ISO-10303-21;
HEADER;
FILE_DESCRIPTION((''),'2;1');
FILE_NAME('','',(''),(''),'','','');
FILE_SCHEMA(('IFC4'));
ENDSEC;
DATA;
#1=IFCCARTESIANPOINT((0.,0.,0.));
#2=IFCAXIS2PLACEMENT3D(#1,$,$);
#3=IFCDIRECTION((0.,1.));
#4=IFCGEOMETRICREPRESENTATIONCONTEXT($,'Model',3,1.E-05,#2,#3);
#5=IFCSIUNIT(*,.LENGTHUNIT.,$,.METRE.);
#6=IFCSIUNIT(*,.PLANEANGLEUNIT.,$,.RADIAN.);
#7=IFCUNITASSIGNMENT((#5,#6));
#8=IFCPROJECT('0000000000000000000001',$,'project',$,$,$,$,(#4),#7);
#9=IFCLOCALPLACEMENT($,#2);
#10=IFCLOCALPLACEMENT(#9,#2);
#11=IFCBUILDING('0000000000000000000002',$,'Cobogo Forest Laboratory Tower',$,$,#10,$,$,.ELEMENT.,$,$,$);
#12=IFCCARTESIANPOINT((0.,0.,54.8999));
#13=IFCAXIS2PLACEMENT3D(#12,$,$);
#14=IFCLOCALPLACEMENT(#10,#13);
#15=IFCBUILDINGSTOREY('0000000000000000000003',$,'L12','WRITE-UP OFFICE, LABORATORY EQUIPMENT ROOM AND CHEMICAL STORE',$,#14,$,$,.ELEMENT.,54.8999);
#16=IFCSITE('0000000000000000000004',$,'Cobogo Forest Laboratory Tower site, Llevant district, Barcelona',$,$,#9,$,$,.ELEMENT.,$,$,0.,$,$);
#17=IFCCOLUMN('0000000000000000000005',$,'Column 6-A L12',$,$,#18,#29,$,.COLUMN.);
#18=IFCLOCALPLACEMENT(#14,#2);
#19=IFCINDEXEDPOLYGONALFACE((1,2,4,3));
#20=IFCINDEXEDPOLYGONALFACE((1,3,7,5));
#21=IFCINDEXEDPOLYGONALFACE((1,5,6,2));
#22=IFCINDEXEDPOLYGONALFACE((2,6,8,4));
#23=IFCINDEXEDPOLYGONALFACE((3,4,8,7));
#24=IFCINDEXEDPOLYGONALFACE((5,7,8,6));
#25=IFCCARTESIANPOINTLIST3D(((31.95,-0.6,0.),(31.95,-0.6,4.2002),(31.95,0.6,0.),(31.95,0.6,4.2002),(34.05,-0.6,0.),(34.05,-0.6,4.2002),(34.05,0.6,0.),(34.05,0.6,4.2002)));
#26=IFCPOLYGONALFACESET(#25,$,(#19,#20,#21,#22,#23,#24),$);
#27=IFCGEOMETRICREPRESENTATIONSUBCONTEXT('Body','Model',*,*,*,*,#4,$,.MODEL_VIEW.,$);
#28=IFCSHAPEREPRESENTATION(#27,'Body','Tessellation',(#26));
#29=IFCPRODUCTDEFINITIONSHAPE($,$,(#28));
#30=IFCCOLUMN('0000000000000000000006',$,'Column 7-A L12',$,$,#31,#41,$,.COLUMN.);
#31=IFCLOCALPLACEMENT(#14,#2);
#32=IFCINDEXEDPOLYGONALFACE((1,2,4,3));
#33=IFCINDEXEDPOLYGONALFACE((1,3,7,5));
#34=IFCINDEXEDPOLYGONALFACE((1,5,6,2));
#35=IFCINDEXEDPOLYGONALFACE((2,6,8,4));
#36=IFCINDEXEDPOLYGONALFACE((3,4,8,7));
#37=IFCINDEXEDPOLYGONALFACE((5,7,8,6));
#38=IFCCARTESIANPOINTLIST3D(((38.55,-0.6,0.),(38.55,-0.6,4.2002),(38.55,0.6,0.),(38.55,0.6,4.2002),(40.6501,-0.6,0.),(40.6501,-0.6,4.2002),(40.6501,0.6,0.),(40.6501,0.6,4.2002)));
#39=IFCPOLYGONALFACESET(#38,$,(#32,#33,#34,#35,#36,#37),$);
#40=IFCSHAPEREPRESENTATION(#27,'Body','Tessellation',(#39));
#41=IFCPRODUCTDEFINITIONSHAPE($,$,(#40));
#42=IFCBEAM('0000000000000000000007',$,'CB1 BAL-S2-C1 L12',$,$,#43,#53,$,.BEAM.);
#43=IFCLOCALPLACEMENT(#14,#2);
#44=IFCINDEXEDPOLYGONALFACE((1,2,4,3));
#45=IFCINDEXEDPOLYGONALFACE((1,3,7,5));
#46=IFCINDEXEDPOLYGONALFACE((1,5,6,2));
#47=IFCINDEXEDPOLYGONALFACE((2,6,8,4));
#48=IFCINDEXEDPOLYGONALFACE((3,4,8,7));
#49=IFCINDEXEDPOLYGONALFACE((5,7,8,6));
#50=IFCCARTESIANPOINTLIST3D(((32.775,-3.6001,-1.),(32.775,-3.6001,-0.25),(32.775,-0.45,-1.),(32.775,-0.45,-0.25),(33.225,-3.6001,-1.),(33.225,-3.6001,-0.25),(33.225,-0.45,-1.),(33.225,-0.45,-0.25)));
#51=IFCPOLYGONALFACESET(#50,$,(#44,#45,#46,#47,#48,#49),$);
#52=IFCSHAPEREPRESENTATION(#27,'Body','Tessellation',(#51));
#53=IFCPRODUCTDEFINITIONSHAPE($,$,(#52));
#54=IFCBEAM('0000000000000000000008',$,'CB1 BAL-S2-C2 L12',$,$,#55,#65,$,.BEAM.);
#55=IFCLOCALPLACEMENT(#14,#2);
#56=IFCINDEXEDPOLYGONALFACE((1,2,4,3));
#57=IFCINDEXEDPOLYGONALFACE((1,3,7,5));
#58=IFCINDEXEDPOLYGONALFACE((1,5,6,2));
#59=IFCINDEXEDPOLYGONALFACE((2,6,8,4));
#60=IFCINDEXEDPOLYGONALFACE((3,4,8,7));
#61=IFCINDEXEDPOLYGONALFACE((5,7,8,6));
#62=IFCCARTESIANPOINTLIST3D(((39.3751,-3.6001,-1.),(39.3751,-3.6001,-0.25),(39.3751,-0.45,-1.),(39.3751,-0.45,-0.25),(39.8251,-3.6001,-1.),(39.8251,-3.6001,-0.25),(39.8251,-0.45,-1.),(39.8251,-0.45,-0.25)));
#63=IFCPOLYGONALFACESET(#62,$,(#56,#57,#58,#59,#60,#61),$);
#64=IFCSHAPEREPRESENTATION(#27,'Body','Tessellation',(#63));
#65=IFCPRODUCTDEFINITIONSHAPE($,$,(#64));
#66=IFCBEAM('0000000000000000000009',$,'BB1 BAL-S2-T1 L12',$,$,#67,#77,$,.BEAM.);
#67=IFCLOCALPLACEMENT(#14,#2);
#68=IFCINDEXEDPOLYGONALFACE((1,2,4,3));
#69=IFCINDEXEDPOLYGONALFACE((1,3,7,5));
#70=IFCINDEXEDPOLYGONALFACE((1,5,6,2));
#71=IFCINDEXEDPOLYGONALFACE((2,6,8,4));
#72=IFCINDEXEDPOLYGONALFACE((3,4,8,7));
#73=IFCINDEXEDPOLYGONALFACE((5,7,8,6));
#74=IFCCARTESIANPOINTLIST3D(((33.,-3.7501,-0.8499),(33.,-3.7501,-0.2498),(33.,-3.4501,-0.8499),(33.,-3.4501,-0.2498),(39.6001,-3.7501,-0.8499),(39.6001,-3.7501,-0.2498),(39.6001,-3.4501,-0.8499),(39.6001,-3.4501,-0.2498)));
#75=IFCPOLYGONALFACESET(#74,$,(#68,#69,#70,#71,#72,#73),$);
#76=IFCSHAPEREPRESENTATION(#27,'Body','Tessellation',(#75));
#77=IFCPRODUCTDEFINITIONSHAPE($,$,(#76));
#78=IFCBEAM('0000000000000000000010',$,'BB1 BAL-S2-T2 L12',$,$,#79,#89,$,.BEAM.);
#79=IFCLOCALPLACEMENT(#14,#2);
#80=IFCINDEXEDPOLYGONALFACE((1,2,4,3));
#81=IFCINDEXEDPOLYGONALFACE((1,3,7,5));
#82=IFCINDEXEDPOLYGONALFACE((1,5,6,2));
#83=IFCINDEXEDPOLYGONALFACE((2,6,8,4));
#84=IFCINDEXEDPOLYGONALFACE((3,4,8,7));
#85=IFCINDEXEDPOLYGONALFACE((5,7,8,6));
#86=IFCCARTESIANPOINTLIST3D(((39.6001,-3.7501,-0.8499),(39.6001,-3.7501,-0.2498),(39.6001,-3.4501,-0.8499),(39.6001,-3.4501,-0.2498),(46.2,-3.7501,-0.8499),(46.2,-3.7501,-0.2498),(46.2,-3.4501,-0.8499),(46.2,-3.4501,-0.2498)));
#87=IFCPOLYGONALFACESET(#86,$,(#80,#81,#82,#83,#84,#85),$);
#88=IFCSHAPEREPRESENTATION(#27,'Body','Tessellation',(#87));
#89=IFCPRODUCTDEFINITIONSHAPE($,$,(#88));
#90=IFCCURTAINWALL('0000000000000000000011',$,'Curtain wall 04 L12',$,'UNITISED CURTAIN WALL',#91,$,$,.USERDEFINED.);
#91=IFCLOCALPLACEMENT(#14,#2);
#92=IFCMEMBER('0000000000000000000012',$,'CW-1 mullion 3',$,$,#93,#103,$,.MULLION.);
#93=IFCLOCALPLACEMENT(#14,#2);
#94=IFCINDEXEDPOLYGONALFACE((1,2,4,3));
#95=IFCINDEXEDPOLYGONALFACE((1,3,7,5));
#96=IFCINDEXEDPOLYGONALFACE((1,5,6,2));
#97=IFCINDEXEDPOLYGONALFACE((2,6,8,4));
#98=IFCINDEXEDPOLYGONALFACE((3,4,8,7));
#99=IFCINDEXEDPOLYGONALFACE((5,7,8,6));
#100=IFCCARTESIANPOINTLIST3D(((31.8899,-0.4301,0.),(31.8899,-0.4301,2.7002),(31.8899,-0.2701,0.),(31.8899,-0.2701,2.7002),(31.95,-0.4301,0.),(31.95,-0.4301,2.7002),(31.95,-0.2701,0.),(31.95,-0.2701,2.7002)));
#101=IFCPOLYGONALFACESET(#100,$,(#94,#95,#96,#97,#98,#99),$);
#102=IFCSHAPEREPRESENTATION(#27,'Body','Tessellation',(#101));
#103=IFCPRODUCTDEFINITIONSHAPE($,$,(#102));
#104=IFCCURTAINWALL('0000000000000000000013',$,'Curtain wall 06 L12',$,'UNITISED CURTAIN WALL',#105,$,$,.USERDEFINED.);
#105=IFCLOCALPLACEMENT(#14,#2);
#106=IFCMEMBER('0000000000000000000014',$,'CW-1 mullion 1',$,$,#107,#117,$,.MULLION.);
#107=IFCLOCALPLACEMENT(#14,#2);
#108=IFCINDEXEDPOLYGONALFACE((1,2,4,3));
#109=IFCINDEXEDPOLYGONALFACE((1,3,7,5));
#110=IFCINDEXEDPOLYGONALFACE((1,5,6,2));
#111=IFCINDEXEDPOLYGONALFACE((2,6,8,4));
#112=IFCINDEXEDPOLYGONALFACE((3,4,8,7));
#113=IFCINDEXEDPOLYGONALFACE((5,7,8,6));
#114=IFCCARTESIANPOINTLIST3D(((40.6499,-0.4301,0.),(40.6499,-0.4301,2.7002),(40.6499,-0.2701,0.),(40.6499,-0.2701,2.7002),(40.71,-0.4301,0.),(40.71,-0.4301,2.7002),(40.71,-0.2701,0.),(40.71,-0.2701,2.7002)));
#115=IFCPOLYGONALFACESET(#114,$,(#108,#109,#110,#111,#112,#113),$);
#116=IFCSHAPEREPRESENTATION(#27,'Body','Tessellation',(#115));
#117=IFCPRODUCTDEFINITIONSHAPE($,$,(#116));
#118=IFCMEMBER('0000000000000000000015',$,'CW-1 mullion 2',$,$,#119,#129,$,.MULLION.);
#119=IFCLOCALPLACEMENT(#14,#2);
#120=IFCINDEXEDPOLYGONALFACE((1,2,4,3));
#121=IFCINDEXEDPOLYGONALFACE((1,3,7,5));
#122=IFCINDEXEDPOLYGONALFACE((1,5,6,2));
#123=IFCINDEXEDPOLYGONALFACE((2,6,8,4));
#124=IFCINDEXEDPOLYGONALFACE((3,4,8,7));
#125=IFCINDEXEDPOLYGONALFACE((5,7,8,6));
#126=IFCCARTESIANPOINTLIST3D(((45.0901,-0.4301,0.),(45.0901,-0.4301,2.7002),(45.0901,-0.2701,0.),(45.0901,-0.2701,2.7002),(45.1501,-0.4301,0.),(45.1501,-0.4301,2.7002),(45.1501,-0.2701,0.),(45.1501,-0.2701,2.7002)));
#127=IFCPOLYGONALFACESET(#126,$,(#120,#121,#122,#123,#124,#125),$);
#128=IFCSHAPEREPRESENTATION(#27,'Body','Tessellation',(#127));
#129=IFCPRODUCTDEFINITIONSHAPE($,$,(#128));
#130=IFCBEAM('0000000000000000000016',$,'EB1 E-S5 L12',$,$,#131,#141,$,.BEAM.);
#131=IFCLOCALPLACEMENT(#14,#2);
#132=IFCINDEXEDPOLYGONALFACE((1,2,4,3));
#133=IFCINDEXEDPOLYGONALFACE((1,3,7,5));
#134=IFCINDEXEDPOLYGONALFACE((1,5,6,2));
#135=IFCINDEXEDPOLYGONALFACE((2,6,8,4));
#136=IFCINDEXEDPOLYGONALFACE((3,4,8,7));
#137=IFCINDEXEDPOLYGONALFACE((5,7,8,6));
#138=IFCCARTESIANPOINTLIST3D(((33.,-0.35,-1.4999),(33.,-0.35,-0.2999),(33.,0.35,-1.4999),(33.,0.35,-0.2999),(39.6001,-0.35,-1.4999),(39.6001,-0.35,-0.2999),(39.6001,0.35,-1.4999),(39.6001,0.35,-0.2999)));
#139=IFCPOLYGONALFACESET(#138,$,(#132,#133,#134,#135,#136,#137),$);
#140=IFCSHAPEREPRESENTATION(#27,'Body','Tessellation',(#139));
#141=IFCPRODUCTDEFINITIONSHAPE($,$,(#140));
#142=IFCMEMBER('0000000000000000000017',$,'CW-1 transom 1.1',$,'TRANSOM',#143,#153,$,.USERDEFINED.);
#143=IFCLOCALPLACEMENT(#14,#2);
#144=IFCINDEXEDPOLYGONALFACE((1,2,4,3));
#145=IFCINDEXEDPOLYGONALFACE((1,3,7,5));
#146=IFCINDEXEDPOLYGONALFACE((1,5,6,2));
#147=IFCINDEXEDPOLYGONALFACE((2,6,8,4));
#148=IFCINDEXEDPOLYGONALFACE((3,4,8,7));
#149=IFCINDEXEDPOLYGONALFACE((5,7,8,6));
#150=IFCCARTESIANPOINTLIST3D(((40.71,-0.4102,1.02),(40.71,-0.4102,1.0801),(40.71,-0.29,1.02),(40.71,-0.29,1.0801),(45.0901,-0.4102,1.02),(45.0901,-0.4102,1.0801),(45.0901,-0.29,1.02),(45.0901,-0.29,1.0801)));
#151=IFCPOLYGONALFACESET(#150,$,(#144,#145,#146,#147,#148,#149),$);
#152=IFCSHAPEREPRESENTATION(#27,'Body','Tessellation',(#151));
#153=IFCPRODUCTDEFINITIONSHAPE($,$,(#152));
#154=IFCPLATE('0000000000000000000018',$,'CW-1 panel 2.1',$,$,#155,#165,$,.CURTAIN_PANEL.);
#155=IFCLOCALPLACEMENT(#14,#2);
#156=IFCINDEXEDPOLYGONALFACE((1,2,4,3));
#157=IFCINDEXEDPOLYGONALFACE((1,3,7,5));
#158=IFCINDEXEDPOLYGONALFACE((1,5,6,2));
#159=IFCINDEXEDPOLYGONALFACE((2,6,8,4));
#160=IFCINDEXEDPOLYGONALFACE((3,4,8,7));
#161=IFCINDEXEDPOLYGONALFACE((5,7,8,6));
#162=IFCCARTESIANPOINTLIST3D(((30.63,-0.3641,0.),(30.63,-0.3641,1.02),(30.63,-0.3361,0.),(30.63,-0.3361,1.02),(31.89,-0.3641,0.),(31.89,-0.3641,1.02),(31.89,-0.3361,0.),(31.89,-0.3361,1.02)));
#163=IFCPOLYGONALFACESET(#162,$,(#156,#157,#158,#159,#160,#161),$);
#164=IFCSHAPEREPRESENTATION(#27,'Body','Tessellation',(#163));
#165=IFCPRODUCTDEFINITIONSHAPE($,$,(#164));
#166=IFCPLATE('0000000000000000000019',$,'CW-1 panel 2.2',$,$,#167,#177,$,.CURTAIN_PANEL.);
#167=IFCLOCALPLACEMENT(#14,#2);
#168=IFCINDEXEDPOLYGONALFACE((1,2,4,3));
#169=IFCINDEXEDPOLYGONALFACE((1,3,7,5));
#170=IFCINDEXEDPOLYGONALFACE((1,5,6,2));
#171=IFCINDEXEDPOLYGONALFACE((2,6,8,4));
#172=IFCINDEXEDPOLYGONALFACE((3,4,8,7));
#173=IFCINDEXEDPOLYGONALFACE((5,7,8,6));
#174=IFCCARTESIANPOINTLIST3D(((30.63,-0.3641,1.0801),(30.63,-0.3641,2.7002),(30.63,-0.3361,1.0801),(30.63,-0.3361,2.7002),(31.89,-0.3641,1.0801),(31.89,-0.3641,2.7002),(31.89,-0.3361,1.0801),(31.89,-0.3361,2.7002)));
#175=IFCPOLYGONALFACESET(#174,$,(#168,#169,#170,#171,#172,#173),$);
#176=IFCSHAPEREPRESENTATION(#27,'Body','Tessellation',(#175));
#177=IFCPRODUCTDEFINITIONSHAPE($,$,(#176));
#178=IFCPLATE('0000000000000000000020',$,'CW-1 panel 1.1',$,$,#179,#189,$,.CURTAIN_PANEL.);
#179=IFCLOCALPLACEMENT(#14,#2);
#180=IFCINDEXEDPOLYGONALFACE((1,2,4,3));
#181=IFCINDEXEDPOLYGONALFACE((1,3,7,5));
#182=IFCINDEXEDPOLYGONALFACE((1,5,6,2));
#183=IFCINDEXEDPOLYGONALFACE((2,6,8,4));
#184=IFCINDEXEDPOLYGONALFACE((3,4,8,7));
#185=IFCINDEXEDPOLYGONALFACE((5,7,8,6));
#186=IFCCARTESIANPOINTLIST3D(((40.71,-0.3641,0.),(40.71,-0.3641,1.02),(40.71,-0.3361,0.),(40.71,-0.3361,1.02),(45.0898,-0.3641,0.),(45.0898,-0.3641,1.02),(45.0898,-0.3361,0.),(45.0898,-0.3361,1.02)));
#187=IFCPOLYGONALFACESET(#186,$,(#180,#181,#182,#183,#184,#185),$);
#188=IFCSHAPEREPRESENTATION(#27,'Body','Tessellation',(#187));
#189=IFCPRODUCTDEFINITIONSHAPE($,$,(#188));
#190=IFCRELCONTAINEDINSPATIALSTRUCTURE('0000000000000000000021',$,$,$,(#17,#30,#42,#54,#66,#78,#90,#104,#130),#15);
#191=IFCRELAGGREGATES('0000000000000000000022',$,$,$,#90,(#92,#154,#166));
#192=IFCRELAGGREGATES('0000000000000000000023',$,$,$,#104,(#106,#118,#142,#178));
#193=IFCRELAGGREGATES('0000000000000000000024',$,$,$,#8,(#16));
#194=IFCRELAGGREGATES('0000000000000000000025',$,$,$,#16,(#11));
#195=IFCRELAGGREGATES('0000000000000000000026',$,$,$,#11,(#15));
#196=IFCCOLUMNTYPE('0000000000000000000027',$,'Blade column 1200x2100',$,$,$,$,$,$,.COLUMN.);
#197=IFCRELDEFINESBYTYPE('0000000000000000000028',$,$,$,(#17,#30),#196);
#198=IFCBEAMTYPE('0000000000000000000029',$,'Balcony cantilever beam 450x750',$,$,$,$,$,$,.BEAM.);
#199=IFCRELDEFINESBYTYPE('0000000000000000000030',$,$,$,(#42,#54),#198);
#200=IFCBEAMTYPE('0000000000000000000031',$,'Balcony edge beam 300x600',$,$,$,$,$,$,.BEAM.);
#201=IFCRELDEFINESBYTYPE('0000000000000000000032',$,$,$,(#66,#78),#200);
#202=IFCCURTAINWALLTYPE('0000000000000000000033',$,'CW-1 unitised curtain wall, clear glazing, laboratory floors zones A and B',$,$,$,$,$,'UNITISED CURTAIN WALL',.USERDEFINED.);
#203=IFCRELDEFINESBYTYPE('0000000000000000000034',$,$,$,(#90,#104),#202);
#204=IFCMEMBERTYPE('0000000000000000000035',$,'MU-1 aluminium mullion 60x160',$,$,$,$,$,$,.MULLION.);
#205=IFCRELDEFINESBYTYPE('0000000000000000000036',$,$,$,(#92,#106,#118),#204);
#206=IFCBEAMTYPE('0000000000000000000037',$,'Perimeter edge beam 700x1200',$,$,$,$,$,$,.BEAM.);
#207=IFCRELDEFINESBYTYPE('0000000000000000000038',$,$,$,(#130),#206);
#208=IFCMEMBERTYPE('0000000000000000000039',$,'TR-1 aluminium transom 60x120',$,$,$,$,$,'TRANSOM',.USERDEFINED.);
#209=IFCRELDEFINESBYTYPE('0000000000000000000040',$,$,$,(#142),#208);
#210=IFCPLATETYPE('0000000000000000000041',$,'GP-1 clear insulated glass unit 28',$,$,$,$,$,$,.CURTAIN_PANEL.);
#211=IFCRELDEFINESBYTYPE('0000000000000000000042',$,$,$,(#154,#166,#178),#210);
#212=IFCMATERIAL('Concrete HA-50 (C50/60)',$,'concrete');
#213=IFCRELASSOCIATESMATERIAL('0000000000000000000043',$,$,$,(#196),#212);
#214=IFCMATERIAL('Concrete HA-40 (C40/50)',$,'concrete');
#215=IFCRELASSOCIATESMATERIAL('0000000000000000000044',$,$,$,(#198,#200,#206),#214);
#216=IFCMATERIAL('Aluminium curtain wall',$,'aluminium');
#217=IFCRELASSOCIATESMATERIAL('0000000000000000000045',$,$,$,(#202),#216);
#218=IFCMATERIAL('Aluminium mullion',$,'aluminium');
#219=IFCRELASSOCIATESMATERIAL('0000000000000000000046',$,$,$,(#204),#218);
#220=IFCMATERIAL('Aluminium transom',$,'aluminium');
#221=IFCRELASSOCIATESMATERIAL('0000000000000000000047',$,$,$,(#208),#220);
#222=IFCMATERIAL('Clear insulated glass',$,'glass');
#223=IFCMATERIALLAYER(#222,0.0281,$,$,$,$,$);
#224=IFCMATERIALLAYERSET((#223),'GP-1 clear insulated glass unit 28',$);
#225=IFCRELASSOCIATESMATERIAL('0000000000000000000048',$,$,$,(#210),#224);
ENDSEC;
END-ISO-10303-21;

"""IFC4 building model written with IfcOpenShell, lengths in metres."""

from ifc_helpers import new_model, si_unit, direction, frame, origin, origin_2d, place, context, subcontext, project, spatial, rectangle, extrude, material, layer, layer_set, material_profile, profile_set, type_object, element, aggregate, save


model = new_model("IFC4")

# Units and contexts
model_context = context("Model", 3, precision=1e-05, world=origin(), true_north=direction((0.0, 1.0)))
body_context = subcontext(model_context, "Body", "Model", "MODEL_VIEW")
ifc_project = project(units=[si_unit("LENGTHUNIT", "METRE"), si_unit("PLANEANGLEUNIT", "RADIAN")], contexts=[model_context])

# Site, building, storey
site_placement = place(None, origin())
site = spatial("IfcSite", under=ifc_project, at=site_placement, Name="Cobogo Forest Laboratory Tower site, Llevant district, Barcelona", CompositionType="ELEMENT", RefElevation=0.0)
building_placement = place(site_placement, origin())
building = spatial("IfcBuilding", under=site, at=building_placement, Name="Cobogo Forest Laboratory Tower", CompositionType="ELEMENT")
storey_placement = place(building_placement, frame((0.0, 0.0, 54.8999)))
storey = spatial("IfcBuildingStorey", under=building, at=storey_placement, Name="L12", Description="WRITE-UP OFFICE, LABORATORY EQUIPMENT ROOM AND CHEMICAL STORE", CompositionType="ELEMENT", Elevation=54.8999)

# Columns
ifc_material_1 = material(Name="Concrete HA-50 (C50/60)", Category="concrete")
ifc_material_profile_1 = material_profile(ifc_material_1, rectangle(XDim=2.1001, YDim=1.2, at=origin_2d()), Name="RC 1200x2100")
ifc_profile_set_1 = profile_set([ifc_material_profile_1], Name="Concrete HA-50 (C50/60)")
column_type = type_object("IfcColumnType", Name="Blade column 1200x2100", PredefinedType="COLUMN", material=ifc_profile_set_1)
for number, where, z_axis, x_axis, name in (
    (1, (33.0, 0.0, 0.0), (0.0, 0.0, 1.0), (1.0, 0.0, 0.0), "Column 6-A L12"),
    (2, (39.6001, 0.0, 0.0), (0.0, 0.0, 1.0), (1.0, 0.0, 0.0), "Column 7-A L12"),
):
    element("IfcColumn", number, at=place(storey_placement, frame(where, z_axis=z_axis, x_axis=x_axis)), inside=storey, type_object=column_type, Name=name, PredefinedType="COLUMN", context=body_context, shape_type="SweptSolid", body=[
        extrude(rectangle(XDim=2.1001, YDim=1.2, at=origin_2d()), origin(), (0.0, 0.0, 1.0), 4.2002),
    ])

# Beams
ifc_material_2 = material(Name="Concrete HA-40 (C40/50)", Category="concrete")
ifc_material_profile_2 = material_profile(ifc_material_2, rectangle(XDim=0.45, YDim=0.75, at=origin_2d()), Name="RC 450x750")
ifc_profile_set_2 = profile_set([ifc_material_profile_2], Name="Concrete HA-40 (C40/50)")
beam_type_1 = type_object("IfcBeamType", Name="Balcony cantilever beam 450x750", PredefinedType="BEAM", material=ifc_profile_set_2)
for number, where, z_axis, x_axis, name in (
    (3, (33.0, -0.45, -0.625), (0.0, -1.0, 0.0), (1.0, 0.0, 0.0), "CB1 BAL-S2-C1 L12"),
    (4, (39.6001, -0.45, -0.625), (0.0, -1.0, 0.0), (1.0, 0.0, 0.0), "CB1 BAL-S2-C2 L12"),
):
    element("IfcBeam", number, at=place(storey_placement, frame(where, z_axis=z_axis, x_axis=x_axis)), inside=storey, type_object=beam_type_1, Name=name, PredefinedType="BEAM", context=body_context, shape_type="SweptSolid", body=[
        extrude(rectangle(XDim=0.45, YDim=0.75, at=origin_2d()), origin(), (0.0, 0.0, 1.0), 3.1501),
    ])
ifc_material_profile_3 = material_profile(ifc_material_2, rectangle(XDim=0.3, YDim=0.6001, at=origin_2d()), Name="RC 300x600")
ifc_profile_set_3 = profile_set([ifc_material_profile_3], Name="Concrete HA-40 (C40/50)")
beam_type_2 = type_object("IfcBeamType", Name="Balcony edge beam 300x600", PredefinedType="BEAM", material=ifc_profile_set_3)
beam_1_placement = place(storey_placement, frame((33.0, -3.6001, -0.5498), z_axis=(1.0, 0.0, 0.0), x_axis=(0.0, 1.0, 0.0)))
element("IfcBeam", 5, at=beam_1_placement, inside=storey, type_object=beam_type_2, Name="BB1 BAL-S2-T1 L12", PredefinedType="BEAM", context=body_context, shape_type="SweptSolid", body=[
    extrude(rectangle(XDim=0.3, YDim=0.6001, at=origin_2d()), origin(), (0.0, 0.0, 1.0), 6.6001),
])
beam_2_placement = place(storey_placement, frame((39.6001, -3.6001, -0.5498), z_axis=(1.0, 0.0, 0.0), x_axis=(0.0, 1.0, 0.0)))
element("IfcBeam", 6, at=beam_2_placement, inside=storey, type_object=beam_type_2, Name="BB1 BAL-S2-T2 L12", PredefinedType="BEAM", context=body_context, shape_type="SweptSolid", body=[
    extrude(rectangle(XDim=0.3, YDim=0.6001, at=origin_2d()), origin(), (0.0, 0.0, 1.0), 6.5999),
])

# Curtain wall, member
ifc_material_3 = material(Name="Aluminium curtain wall", Category="aluminium")
curtain_wall_type = type_object("IfcCurtainWallType", Name="CW-1 unitised curtain wall, clear glazing, laboratory floors zones A and B", ElementType="UNITISED CURTAIN WALL", PredefinedType="USERDEFINED", material=ifc_material_3)
curtain_wall_1_placement = place(storey_placement, origin())
curtain_wall_1 = element("IfcCurtainWall", 7, at=curtain_wall_1_placement, inside=storey, type_object=curtain_wall_type, Name="Curtain wall 04 L12", ObjectType="UNITISED CURTAIN WALL", PredefinedType="USERDEFINED")
ifc_material_4 = material(Name="Aluminium mullion", Category="aluminium")
ifc_material_profile_4 = material_profile(ifc_material_4, rectangle(XDim=0.0601, YDim=0.1599, at=origin_2d()), Name="AL 60x160")
ifc_profile_set_4 = profile_set([ifc_material_profile_4], Name="Aluminium mullion")
member_type_1 = type_object("IfcMemberType", Name="MU-1 aluminium mullion 60x160", PredefinedType="MULLION", material=ifc_profile_set_4)
member_1_placement = place(storey_placement, frame((31.9199, -0.3501, 0.0), z_axis=(0.0, 0.0, 1.0), x_axis=(1.0, 0.0, 0.0)))
member_1 = element("IfcMember", 8, at=member_1_placement, type_object=member_type_1, Name="CW-1 mullion 3", PredefinedType="MULLION", context=body_context, shape_type="SweptSolid", body=[
    extrude(rectangle(XDim=0.0601, YDim=0.1599, at=origin_2d()), origin(), (0.0, 0.0, 1.0), 2.7002),
])

# Curtain wall, members
curtain_wall_2_placement = place(storey_placement, origin())
curtain_wall_2 = element("IfcCurtainWall", 9, at=curtain_wall_2_placement, inside=storey, type_object=curtain_wall_type, Name="Curtain wall 06 L12", ObjectType="UNITISED CURTAIN WALL", PredefinedType="USERDEFINED")
member_2_placement = place(storey_placement, frame((40.6799, -0.3501, 0.0), z_axis=(0.0, 0.0, 1.0), x_axis=(1.0, 0.0, 0.0)))
member_2 = element("IfcMember", 10, at=member_2_placement, type_object=member_type_1, Name="CW-1 mullion 1", PredefinedType="MULLION", context=body_context, shape_type="SweptSolid", body=[
    extrude(rectangle(XDim=0.0601, YDim=0.1599, at=origin_2d()), origin(), (0.0, 0.0, 1.0), 2.7002),
])
member_3_placement = place(storey_placement, frame((45.1201, -0.3501, 0.0), z_axis=(0.0, 0.0, 1.0), x_axis=(1.0, 0.0, 0.0)))
member_3 = element("IfcMember", 11, at=member_3_placement, type_object=member_type_1, Name="CW-1 mullion 2", PredefinedType="MULLION", context=body_context, shape_type="SweptSolid", body=[
    extrude(rectangle(XDim=0.0601, YDim=0.1599, at=origin_2d()), origin(), (0.0, 0.0, 1.0), 2.7002),
])

# Beam
ifc_material_profile_5 = material_profile(ifc_material_2, rectangle(XDim=0.7, YDim=1.2, at=origin_2d()), Name="RC 700x1200")
ifc_profile_set_5 = profile_set([ifc_material_profile_5], Name="Concrete HA-40 (C40/50)")
beam_type_3 = type_object("IfcBeamType", Name="Perimeter edge beam 700x1200", PredefinedType="BEAM", material=ifc_profile_set_5)
beam_3_placement = place(storey_placement, frame((33.0, 0.0, -0.8999), z_axis=(1.0, 0.0, 0.0), x_axis=(0.0, 1.0, 0.0)))
element("IfcBeam", 12, at=beam_3_placement, inside=storey, type_object=beam_type_3, Name="EB1 E-S5 L12", PredefinedType="BEAM", context=body_context, shape_type="SweptSolid", body=[
    extrude(rectangle(XDim=0.7, YDim=1.2, at=origin_2d()), origin(), (0.0, 0.0, 1.0), 6.6001),
])

# Member
ifc_material_5 = material(Name="Aluminium transom", Category="aluminium")
ifc_material_profile_6 = material_profile(ifc_material_5, rectangle(XDim=0.1201, YDim=0.0601, at=origin_2d()), Name="AL 60x120")
ifc_profile_set_6 = profile_set([ifc_material_profile_6], Name="Aluminium transom")
member_type_2 = type_object("IfcMemberType", Name="TR-1 aluminium transom 60x120", ElementType="TRANSOM", PredefinedType="USERDEFINED", material=ifc_profile_set_6)
member_4_placement = place(storey_placement, frame((40.71, -0.3501, 1.05), z_axis=(1.0, 0.0, 0.0), x_axis=(0.0, 1.0, 0.0)))
member_4 = element("IfcMember", 13, at=member_4_placement, type_object=member_type_2, Name="CW-1 transom 1.1", ObjectType="TRANSOM", PredefinedType="USERDEFINED", context=body_context, shape_type="SweptSolid", body=[
    extrude(rectangle(XDim=0.1201, YDim=0.0601, at=origin_2d()), origin(), (0.0, 0.0, 1.0), 4.3801),
])

# Plates
ifc_material_6 = material(Name="Clear insulated glass", Category="glass")
ifc_layer_1 = layer(ifc_material_6, 0.0281)
ifc_layer_set_1 = layer_set([ifc_layer_1], Name="GP-1 clear insulated glass unit 28")
plate_type = type_object("IfcPlateType", Name="GP-1 clear insulated glass unit 28", PredefinedType="CURTAIN_PANEL", material=ifc_layer_set_1)
plate_1_placement = place(storey_placement, frame((31.26, -0.3501, 0.0), z_axis=(0.0, 0.0, 1.0), x_axis=(1.0, 0.0, 0.0)))
plate_1 = element("IfcPlate", 14, at=plate_1_placement, type_object=plate_type, Name="CW-1 panel 2.1", PredefinedType="CURTAIN_PANEL", context=body_context, shape_type="SweptSolid", body=[
    extrude(rectangle(XDim=1.26, YDim=0.0281, at=origin_2d()), origin(), (0.0, 0.0, 1.0), 1.02),
])
plate_2_placement = place(storey_placement, frame((31.26, -0.3501, 1.0801), z_axis=(0.0, 0.0, 1.0), x_axis=(1.0, 0.0, 0.0)))
plate_2 = element("IfcPlate", 15, at=plate_2_placement, type_object=plate_type, Name="CW-1 panel 2.2", PredefinedType="CURTAIN_PANEL", context=body_context, shape_type="SweptSolid", body=[
    extrude(rectangle(XDim=1.26, YDim=0.0281, at=origin_2d()), origin(), (0.0, 0.0, 1.0), 1.6201),
])
aggregate(curtain_wall_1, [member_1, plate_1, plate_2])
plate_3_placement = place(storey_placement, frame((42.8999, -0.3501, 0.0), z_axis=(0.0, 0.0, 1.0), x_axis=(1.0, 0.0, 0.0)))
plate_3 = element("IfcPlate", 16, at=plate_3_placement, type_object=plate_type, Name="CW-1 panel 1.1", PredefinedType="CURTAIN_PANEL", context=body_context, shape_type="SweptSolid", body=[
    extrude(rectangle(XDim=4.3799, YDim=0.0281, at=origin_2d()), origin(), (0.0, 0.0, 1.0), 1.02),
])
aggregate(curtain_wall_2, [member_2, member_3, member_4, plate_3])

save(model, "model.ifc")
